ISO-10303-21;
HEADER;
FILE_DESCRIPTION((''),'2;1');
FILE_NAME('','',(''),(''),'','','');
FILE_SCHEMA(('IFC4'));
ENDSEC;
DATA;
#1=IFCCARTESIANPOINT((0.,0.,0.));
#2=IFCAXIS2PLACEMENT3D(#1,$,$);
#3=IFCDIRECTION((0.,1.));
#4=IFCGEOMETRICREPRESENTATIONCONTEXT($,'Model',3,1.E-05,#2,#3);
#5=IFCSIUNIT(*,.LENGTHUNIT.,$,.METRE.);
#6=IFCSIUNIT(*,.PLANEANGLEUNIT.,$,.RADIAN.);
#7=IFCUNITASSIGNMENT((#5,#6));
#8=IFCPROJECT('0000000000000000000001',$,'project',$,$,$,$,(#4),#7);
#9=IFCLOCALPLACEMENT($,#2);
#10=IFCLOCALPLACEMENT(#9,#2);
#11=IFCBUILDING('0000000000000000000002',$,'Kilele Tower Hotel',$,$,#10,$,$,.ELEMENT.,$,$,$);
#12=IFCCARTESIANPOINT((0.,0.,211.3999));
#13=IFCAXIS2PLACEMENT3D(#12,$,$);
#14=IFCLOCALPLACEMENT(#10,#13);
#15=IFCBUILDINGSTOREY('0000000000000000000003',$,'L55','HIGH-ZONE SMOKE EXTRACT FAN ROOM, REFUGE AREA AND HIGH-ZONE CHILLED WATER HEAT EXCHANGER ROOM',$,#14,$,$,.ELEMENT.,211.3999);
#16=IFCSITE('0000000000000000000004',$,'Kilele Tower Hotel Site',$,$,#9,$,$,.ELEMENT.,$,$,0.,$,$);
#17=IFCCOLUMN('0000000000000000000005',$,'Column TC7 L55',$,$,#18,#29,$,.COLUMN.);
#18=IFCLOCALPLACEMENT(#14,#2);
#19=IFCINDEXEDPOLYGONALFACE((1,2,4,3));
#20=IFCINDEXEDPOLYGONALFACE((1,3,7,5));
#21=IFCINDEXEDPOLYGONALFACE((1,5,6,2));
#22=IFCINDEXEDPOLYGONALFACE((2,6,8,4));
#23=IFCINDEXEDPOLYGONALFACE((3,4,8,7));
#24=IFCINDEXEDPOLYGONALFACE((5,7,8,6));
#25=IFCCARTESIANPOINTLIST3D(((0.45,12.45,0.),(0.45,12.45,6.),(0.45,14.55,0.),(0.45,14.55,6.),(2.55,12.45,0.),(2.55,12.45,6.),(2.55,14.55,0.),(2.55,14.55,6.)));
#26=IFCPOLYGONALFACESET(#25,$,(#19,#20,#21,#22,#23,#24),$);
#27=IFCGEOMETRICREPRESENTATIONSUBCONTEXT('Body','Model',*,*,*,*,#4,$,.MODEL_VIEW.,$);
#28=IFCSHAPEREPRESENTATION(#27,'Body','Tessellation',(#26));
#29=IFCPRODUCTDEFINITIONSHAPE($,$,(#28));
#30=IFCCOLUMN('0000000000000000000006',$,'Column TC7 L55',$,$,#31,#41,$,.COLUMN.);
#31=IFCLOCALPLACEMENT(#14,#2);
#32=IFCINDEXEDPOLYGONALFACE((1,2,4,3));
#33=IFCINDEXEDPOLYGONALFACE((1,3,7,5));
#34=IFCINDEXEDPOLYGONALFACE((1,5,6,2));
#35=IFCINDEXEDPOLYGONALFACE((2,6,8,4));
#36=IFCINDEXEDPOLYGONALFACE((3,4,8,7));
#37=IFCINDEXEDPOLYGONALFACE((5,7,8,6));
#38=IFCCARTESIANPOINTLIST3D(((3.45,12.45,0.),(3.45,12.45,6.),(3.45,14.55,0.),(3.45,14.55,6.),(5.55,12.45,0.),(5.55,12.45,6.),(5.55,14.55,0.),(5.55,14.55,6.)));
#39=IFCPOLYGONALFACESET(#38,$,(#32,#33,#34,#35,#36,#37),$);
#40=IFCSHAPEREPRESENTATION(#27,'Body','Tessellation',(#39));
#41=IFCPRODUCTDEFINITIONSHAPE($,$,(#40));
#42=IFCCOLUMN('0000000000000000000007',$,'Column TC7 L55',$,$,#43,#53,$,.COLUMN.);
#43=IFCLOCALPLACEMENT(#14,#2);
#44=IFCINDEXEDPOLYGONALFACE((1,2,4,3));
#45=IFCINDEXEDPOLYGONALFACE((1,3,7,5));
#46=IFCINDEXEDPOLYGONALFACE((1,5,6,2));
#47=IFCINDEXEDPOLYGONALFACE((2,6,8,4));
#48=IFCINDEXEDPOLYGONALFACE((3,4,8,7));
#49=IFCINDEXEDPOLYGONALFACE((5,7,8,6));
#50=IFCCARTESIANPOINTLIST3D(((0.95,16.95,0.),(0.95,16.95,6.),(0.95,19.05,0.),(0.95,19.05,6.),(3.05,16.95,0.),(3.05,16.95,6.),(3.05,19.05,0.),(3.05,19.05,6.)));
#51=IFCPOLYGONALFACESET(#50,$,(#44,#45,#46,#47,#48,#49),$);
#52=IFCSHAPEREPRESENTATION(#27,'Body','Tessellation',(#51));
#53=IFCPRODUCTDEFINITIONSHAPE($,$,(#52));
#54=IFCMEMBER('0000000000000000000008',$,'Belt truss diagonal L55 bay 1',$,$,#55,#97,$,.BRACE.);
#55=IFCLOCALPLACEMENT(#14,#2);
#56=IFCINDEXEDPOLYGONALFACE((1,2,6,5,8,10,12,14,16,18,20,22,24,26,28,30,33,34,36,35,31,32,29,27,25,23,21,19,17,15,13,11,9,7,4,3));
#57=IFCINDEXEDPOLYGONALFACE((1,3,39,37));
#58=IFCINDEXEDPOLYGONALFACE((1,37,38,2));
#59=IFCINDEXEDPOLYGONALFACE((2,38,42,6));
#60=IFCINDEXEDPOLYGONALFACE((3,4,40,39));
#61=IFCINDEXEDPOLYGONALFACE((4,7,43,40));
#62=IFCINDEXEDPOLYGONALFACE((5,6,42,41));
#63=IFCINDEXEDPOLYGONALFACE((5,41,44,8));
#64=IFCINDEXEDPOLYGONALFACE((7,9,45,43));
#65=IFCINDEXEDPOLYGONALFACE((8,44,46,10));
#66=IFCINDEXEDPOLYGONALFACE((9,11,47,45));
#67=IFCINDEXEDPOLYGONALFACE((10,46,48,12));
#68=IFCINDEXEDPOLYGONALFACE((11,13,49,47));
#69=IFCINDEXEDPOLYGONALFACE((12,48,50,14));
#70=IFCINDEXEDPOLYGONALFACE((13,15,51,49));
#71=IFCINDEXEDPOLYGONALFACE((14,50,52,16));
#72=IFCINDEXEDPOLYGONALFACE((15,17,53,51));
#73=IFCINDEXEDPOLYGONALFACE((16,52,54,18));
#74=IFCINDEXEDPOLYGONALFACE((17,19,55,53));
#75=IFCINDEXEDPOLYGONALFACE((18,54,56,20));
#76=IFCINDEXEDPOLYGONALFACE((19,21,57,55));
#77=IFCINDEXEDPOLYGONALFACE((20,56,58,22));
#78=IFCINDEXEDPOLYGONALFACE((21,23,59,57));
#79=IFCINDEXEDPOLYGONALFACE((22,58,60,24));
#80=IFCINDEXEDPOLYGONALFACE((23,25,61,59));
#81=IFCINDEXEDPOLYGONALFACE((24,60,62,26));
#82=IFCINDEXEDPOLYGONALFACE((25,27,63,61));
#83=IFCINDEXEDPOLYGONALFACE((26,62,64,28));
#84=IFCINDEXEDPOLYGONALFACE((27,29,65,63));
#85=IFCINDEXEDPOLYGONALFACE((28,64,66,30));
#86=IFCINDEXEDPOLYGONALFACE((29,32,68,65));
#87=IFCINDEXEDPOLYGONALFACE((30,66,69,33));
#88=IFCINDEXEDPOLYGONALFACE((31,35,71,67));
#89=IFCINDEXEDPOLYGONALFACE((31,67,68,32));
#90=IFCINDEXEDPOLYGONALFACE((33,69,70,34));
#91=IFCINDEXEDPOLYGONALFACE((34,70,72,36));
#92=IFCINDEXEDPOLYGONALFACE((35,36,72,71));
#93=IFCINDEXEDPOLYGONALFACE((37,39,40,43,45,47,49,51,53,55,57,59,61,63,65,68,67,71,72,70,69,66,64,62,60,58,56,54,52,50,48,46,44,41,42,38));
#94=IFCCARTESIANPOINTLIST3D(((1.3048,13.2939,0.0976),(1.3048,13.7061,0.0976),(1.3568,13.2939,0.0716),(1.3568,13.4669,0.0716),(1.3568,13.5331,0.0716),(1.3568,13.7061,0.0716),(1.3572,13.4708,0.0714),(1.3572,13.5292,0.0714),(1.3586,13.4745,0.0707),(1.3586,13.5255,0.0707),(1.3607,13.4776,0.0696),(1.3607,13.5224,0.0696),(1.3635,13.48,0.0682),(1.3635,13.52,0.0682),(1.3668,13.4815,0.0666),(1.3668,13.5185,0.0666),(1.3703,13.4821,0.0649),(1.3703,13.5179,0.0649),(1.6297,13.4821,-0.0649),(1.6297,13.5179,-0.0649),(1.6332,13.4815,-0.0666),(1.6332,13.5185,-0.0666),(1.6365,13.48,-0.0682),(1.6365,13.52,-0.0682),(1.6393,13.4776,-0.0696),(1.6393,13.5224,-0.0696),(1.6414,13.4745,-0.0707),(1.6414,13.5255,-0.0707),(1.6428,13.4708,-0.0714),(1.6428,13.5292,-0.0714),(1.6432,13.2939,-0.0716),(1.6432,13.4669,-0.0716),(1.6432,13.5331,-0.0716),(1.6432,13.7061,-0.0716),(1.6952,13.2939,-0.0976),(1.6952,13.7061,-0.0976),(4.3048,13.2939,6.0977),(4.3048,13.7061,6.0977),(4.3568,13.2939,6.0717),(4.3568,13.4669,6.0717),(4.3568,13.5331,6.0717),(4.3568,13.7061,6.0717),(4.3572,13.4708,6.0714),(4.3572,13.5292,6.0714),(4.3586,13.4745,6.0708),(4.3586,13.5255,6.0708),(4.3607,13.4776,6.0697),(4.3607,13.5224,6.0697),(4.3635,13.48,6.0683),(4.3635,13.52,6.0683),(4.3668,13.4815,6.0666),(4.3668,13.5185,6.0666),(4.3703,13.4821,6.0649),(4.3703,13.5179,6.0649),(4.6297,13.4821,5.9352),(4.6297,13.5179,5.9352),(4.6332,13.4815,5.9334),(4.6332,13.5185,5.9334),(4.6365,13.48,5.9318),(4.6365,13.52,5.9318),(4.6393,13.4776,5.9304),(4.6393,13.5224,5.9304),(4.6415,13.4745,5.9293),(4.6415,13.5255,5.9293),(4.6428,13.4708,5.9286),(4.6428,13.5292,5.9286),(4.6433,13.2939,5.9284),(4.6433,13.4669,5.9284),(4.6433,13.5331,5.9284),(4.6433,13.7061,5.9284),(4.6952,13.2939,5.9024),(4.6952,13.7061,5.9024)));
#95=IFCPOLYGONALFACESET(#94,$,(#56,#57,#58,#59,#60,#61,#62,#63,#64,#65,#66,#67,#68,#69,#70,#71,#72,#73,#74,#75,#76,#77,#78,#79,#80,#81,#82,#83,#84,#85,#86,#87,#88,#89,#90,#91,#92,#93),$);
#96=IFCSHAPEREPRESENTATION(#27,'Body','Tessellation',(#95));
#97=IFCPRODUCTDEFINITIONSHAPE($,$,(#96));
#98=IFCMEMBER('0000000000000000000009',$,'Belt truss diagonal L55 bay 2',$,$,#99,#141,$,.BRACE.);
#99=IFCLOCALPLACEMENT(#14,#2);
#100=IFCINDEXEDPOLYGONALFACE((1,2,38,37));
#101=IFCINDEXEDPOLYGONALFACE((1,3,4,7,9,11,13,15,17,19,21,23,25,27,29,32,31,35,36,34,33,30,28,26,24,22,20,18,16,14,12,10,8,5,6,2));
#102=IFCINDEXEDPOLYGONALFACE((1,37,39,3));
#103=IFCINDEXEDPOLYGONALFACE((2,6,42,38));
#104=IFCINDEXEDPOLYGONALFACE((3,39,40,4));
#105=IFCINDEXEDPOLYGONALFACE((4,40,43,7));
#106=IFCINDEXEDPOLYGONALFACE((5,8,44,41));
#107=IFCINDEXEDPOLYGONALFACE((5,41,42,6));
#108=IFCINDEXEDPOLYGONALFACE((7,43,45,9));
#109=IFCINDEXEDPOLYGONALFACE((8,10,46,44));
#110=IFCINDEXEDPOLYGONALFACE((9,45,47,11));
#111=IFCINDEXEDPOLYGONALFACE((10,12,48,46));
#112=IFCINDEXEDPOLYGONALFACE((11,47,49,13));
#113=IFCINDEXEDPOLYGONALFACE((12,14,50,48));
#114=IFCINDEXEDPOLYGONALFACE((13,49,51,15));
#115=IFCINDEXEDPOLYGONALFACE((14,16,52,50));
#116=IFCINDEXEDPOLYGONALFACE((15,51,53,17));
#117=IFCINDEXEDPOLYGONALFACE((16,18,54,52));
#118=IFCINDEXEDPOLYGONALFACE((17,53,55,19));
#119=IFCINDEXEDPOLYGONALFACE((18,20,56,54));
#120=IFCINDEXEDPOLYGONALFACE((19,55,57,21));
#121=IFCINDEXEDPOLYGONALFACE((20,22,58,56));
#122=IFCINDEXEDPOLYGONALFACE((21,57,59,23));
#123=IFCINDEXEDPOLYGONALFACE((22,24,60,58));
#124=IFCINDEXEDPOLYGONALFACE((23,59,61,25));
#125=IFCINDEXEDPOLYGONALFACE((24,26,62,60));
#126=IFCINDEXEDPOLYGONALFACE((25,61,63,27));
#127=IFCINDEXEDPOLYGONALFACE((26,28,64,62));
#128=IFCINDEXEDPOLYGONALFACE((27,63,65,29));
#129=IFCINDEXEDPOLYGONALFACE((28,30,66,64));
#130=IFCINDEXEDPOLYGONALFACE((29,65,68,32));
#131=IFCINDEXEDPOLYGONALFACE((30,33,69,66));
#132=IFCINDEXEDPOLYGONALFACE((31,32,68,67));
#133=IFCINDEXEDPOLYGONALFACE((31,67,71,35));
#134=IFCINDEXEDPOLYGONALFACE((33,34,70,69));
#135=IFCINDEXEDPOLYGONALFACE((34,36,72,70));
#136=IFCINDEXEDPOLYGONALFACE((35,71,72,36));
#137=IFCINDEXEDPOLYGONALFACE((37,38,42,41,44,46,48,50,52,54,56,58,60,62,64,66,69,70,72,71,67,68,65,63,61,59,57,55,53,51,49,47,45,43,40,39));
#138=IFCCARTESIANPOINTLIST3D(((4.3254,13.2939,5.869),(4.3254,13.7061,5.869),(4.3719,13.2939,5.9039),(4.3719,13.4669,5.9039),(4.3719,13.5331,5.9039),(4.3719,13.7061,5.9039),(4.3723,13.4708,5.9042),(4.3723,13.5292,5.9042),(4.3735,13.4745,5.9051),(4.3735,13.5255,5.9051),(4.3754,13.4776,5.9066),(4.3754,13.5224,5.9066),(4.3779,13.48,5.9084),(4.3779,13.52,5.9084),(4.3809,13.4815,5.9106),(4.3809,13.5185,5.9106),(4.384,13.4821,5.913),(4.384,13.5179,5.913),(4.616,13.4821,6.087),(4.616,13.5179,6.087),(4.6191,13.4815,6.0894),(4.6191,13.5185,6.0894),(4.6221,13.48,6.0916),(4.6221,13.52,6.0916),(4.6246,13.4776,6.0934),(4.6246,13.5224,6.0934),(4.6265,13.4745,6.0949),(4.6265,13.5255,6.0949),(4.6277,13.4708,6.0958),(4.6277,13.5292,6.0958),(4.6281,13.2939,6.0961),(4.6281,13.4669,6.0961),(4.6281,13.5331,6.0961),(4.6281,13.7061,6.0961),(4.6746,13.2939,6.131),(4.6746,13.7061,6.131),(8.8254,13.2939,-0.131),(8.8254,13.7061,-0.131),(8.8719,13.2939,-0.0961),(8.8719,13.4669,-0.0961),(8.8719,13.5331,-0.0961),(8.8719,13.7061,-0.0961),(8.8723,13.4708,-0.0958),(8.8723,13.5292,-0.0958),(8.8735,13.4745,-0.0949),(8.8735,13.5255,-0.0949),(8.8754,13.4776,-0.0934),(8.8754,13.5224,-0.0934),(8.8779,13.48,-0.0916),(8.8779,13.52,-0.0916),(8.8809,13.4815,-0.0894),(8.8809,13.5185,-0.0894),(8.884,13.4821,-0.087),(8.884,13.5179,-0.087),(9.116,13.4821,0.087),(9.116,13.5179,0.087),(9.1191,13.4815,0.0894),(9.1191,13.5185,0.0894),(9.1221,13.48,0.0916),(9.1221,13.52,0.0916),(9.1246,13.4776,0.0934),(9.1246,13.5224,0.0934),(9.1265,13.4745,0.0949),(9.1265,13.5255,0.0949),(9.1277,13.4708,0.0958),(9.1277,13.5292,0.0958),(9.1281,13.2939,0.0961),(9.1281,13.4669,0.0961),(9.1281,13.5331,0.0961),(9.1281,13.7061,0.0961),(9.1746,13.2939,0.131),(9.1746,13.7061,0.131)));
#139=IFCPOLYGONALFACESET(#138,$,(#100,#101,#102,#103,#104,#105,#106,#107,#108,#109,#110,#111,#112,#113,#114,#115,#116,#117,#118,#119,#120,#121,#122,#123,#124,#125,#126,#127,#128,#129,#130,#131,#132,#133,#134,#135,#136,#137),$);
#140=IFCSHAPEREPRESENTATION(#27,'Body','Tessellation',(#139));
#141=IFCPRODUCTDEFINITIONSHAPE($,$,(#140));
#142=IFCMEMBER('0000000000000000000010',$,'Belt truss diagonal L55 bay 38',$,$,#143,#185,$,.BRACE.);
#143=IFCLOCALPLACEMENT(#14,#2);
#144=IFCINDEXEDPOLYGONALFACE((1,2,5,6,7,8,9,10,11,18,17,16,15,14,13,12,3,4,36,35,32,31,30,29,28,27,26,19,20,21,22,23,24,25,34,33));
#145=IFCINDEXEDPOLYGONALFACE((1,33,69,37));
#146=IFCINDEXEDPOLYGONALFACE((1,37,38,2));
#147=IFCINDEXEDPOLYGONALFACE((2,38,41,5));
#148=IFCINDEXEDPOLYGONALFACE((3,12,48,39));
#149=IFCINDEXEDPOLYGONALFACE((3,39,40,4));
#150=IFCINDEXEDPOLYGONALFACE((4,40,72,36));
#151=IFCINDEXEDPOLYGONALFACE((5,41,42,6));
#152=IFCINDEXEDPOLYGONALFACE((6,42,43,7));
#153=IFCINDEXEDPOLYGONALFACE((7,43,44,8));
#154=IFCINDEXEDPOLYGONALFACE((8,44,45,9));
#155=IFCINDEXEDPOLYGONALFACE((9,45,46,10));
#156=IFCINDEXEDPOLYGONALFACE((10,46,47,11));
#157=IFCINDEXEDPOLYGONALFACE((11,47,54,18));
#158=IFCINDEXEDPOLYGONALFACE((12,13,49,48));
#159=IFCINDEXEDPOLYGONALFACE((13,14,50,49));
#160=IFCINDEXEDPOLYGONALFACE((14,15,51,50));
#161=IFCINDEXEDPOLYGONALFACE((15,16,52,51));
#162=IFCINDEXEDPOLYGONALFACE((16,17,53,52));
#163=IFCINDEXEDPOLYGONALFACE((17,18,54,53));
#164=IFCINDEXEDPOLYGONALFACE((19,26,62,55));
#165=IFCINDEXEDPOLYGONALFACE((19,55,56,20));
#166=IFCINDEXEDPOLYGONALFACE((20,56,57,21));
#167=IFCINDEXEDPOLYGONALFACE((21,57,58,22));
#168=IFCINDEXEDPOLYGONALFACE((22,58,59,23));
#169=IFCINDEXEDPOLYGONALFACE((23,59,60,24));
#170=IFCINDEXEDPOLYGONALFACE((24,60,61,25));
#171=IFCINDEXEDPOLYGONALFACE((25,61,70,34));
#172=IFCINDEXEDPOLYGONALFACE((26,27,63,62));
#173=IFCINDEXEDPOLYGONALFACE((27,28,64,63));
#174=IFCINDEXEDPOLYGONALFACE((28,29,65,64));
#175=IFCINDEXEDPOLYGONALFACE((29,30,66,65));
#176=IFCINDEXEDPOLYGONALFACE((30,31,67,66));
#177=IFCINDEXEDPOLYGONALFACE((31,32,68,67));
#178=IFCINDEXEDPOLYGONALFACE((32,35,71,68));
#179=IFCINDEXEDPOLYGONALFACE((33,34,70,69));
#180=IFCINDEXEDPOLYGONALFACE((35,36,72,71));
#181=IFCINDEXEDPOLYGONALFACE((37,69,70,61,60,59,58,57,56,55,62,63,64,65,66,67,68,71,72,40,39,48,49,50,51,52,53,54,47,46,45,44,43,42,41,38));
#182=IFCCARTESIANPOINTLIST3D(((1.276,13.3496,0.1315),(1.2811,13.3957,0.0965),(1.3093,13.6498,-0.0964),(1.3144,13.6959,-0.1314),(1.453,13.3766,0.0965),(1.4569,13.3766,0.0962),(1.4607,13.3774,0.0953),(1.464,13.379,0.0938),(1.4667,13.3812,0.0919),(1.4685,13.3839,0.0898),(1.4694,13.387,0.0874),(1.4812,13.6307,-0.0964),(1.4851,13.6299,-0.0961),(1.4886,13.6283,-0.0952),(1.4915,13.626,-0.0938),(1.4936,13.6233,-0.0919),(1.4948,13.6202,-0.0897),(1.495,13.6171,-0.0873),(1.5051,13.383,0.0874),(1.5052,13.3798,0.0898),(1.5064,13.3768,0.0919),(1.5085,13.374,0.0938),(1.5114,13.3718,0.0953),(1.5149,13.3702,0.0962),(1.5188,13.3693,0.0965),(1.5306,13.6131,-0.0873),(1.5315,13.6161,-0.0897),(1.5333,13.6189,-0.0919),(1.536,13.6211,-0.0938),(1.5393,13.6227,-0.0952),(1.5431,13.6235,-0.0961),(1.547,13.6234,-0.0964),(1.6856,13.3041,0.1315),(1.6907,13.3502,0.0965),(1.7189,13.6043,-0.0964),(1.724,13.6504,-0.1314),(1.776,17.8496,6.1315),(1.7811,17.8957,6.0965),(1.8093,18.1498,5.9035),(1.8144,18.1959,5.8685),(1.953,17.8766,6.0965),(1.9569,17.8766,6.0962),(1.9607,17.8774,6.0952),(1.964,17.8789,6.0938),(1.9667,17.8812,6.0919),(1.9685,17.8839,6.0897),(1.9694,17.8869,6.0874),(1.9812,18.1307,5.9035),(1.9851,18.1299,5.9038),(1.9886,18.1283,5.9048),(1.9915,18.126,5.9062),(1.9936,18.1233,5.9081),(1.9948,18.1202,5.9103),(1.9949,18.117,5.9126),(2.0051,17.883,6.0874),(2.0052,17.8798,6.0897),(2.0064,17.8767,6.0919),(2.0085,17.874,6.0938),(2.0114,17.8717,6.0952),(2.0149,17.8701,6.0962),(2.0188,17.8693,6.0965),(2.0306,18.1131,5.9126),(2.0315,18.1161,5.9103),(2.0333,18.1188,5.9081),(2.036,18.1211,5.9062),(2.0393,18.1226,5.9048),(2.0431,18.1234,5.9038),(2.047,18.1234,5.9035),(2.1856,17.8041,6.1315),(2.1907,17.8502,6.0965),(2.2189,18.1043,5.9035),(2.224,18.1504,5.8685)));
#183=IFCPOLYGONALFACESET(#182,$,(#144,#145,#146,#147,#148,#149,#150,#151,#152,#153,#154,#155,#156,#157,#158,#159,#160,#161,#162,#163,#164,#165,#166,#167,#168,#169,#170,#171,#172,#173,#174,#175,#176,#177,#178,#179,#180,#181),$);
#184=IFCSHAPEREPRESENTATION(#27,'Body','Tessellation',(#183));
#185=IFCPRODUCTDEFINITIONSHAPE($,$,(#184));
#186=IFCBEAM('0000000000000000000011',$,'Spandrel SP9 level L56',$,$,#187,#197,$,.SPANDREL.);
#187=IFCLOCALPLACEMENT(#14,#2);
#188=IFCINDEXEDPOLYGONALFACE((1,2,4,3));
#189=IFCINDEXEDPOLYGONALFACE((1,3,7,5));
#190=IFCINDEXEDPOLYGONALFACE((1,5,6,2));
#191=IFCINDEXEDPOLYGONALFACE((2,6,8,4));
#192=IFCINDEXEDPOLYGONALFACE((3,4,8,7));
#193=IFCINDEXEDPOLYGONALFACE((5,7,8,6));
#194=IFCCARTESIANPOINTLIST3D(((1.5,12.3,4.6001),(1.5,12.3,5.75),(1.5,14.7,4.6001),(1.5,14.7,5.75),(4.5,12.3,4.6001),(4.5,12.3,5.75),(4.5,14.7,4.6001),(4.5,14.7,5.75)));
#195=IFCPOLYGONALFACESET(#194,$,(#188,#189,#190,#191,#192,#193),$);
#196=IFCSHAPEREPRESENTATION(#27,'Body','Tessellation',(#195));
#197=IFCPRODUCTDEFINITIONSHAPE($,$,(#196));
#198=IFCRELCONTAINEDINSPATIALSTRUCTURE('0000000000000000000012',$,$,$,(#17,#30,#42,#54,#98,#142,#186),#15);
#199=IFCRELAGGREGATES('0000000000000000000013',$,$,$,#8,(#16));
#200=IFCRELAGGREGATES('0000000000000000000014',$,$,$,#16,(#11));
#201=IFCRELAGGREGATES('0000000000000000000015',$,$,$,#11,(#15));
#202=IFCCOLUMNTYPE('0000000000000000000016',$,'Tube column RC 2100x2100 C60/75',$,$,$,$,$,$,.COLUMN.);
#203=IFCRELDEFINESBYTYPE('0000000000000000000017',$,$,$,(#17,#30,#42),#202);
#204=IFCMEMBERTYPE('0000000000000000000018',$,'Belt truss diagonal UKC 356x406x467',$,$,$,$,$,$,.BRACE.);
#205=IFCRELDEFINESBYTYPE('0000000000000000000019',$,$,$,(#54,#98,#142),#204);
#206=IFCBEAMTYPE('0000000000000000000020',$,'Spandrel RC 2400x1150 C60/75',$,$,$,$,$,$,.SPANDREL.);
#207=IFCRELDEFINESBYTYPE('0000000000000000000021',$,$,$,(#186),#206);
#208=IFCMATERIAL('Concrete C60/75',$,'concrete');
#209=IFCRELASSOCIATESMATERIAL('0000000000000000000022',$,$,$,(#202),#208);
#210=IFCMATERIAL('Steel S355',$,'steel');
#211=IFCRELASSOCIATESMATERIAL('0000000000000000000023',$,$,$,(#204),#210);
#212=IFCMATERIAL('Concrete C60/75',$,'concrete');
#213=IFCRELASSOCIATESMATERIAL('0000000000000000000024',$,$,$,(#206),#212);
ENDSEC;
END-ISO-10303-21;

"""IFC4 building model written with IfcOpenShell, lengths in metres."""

from ifc_helpers import new_model, si_unit, direction, frame, origin, origin_2d, place, context, subcontext, project, spatial, rectangle, i_section, extrude, material, material_profile, profile_set, type_object, element, save


model = new_model("IFC4")

# Units and contexts
model_context = context("Model", 3, precision=1e-05, world=origin(), true_north=direction((0.0, 1.0)))
body_context = subcontext(model_context, "Body", "Model", "MODEL_VIEW")
ifc_project = project(units=[si_unit("LENGTHUNIT", "METRE"), si_unit("PLANEANGLEUNIT", "RADIAN")], contexts=[model_context])

# Site, building, storey
site_placement = place(None, origin())
site = spatial("IfcSite", under=ifc_project, at=site_placement, Name="Kilele Tower Hotel Site", CompositionType="ELEMENT", RefElevation=0.0)
building_placement = place(site_placement, origin())
building = spatial("IfcBuilding", under=site, at=building_placement, Name="Kilele Tower Hotel", CompositionType="ELEMENT")
storey_placement = place(building_placement, frame((0.0, 0.0, 211.3999)))
storey = spatial("IfcBuildingStorey", under=building, at=storey_placement, Name="L55", Description="HIGH-ZONE SMOKE EXTRACT FAN ROOM, REFUGE AREA AND HIGH-ZONE CHILLED WATER HEAT EXCHANGER ROOM", CompositionType="ELEMENT", Elevation=211.3999)

# Columns
ifc_material_1 = material(Name="Concrete C60/75", Category="concrete")
ifc_material_profile_1 = material_profile(ifc_material_1, rectangle(XDim=2.1001, YDim=2.1001, at=origin_2d()))
ifc_profile_set_1 = profile_set([ifc_material_profile_1], Name="Concrete C60/75")
column_type = type_object("IfcColumnType", Name="Tube column RC 2100x2100 C60/75", PredefinedType="COLUMN", material=ifc_profile_set_1)
for number, where, z_axis, x_axis, name in (
    (1, (1.5, 13.5, 0.0), (0.0, 0.0, 1.0), (1.0, 0.0, 0.0), "Column TC7 L55"),
    (2, (4.5, 13.5, 0.0), (0.0, 0.0, 1.0), (1.0, 0.0, 0.0), "Column TC7 L55"),
    (3, (2.0, 18.0, 0.0), (0.0, 0.0, 1.0), (1.0, 0.0, 0.0), "Column TC7 L55"),
):
    element("IfcColumn", number, at=place(storey_placement, frame(where, z_axis=z_axis, x_axis=x_axis)), inside=storey, type_object=column_type, Name=name, PredefinedType="COLUMN", context=body_context, shape_type="SweptSolid", body=[
        extrude(rectangle(XDim=2.1001, YDim=2.1001, at=origin_2d()), origin(), (0.0, 0.0, 1.0), 6.0),
    ])

# Members
ifc_material_2 = material(Name="Steel S355", Category="steel")
ifc_material_profile_2 = material_profile(ifc_material_2, i_section(OverallWidth=0.4121, OverallDepth=0.4365, WebThickness=0.0359, FlangeThickness=0.0581, FilletRadius=0.0151, at=origin_2d()))
ifc_profile_set_2 = profile_set([ifc_material_profile_2], Name="Steel S355")
member_type = type_object("IfcMemberType", Name="Belt truss diagonal UKC 356x406x467", PredefinedType="BRACE", material=ifc_profile_set_2)
member_1_placement = place(storey_placement, frame((1.5, 13.5, 0.0), z_axis=(0.447214, 0.0, 0.894427), x_axis=(0.0, 1.0, 0.0)))
element("IfcMember", 4, at=member_1_placement, inside=storey, type_object=member_type, Name="Belt truss diagonal L55 bay 1", PredefinedType="BRACE", context=body_context, shape_type="SweptSolid", body=[
    extrude(i_section(OverallWidth=0.4121, OverallDepth=0.4365, WebThickness=0.0359, FlangeThickness=0.0581, FilletRadius=0.0151, at=origin_2d()), origin(), (0.0, 0.0, 1.0), 6.7083),
])
member_2_placement = place(storey_placement, frame((4.5, 13.5, 6.0), z_axis=(0.6, 0.0, -0.8), x_axis=(0.0, 1.0, 0.0)))
element("IfcMember", 5, at=member_2_placement, inside=storey, type_object=member_type, Name="Belt truss diagonal L55 bay 2", PredefinedType="BRACE", context=body_context, shape_type="SweptSolid", body=[
    extrude(i_section(OverallWidth=0.4121, OverallDepth=0.4365, WebThickness=0.0359, FlangeThickness=0.0581, FilletRadius=0.0151, at=origin_2d()), origin(), (0.0, 0.0, 1.0), 7.5),
])
member_3_placement = place(storey_placement, frame((2.0, 18.0, 6.0), z_axis=(-0.066519, -0.598671, -0.798228), x_axis=(0.993884, -0.110432, 0.0)))
element("IfcMember", 6, at=member_3_placement, inside=storey, type_object=member_type, Name="Belt truss diagonal L55 bay 38", PredefinedType="BRACE", context=body_context, shape_type="SweptSolid", body=[
    extrude(i_section(OverallWidth=0.4121, OverallDepth=0.4365, WebThickness=0.0359, FlangeThickness=0.0581, FilletRadius=0.0151, at=origin_2d()), origin(), (0.0, 0.0, 1.0), 7.5166),
])

# Beam
ifc_material_3 = material(Name="Concrete C60/75", Category="concrete")
ifc_material_profile_3 = material_profile(ifc_material_3, rectangle(XDim=2.3999, YDim=1.1499, at=origin_2d()))
ifc_profile_set_3 = profile_set([ifc_material_profile_3], Name="Concrete C60/75")
beam_type_1 = type_object("IfcBeamType", Name="Spandrel RC 2400x1150 C60/75", PredefinedType="SPANDREL", material=ifc_profile_set_3)
beam_1_placement = place(storey_placement, frame((1.5, 13.5, 5.175), z_axis=(1.0, 0.0, 0.0), x_axis=(0.0, 1.0, 0.0)))
element("IfcBeam", 7, at=beam_1_placement, inside=storey, type_object=beam_type_1, Name="Spandrel SP9 level L56", PredefinedType="SPANDREL", context=body_context, shape_type="SweptSolid", body=[
    extrude(rectangle(XDim=2.3999, YDim=1.1499, at=origin_2d()), origin(), (0.0, 0.0, 1.0), 3.0),
])

save(model, "model.ifc")
